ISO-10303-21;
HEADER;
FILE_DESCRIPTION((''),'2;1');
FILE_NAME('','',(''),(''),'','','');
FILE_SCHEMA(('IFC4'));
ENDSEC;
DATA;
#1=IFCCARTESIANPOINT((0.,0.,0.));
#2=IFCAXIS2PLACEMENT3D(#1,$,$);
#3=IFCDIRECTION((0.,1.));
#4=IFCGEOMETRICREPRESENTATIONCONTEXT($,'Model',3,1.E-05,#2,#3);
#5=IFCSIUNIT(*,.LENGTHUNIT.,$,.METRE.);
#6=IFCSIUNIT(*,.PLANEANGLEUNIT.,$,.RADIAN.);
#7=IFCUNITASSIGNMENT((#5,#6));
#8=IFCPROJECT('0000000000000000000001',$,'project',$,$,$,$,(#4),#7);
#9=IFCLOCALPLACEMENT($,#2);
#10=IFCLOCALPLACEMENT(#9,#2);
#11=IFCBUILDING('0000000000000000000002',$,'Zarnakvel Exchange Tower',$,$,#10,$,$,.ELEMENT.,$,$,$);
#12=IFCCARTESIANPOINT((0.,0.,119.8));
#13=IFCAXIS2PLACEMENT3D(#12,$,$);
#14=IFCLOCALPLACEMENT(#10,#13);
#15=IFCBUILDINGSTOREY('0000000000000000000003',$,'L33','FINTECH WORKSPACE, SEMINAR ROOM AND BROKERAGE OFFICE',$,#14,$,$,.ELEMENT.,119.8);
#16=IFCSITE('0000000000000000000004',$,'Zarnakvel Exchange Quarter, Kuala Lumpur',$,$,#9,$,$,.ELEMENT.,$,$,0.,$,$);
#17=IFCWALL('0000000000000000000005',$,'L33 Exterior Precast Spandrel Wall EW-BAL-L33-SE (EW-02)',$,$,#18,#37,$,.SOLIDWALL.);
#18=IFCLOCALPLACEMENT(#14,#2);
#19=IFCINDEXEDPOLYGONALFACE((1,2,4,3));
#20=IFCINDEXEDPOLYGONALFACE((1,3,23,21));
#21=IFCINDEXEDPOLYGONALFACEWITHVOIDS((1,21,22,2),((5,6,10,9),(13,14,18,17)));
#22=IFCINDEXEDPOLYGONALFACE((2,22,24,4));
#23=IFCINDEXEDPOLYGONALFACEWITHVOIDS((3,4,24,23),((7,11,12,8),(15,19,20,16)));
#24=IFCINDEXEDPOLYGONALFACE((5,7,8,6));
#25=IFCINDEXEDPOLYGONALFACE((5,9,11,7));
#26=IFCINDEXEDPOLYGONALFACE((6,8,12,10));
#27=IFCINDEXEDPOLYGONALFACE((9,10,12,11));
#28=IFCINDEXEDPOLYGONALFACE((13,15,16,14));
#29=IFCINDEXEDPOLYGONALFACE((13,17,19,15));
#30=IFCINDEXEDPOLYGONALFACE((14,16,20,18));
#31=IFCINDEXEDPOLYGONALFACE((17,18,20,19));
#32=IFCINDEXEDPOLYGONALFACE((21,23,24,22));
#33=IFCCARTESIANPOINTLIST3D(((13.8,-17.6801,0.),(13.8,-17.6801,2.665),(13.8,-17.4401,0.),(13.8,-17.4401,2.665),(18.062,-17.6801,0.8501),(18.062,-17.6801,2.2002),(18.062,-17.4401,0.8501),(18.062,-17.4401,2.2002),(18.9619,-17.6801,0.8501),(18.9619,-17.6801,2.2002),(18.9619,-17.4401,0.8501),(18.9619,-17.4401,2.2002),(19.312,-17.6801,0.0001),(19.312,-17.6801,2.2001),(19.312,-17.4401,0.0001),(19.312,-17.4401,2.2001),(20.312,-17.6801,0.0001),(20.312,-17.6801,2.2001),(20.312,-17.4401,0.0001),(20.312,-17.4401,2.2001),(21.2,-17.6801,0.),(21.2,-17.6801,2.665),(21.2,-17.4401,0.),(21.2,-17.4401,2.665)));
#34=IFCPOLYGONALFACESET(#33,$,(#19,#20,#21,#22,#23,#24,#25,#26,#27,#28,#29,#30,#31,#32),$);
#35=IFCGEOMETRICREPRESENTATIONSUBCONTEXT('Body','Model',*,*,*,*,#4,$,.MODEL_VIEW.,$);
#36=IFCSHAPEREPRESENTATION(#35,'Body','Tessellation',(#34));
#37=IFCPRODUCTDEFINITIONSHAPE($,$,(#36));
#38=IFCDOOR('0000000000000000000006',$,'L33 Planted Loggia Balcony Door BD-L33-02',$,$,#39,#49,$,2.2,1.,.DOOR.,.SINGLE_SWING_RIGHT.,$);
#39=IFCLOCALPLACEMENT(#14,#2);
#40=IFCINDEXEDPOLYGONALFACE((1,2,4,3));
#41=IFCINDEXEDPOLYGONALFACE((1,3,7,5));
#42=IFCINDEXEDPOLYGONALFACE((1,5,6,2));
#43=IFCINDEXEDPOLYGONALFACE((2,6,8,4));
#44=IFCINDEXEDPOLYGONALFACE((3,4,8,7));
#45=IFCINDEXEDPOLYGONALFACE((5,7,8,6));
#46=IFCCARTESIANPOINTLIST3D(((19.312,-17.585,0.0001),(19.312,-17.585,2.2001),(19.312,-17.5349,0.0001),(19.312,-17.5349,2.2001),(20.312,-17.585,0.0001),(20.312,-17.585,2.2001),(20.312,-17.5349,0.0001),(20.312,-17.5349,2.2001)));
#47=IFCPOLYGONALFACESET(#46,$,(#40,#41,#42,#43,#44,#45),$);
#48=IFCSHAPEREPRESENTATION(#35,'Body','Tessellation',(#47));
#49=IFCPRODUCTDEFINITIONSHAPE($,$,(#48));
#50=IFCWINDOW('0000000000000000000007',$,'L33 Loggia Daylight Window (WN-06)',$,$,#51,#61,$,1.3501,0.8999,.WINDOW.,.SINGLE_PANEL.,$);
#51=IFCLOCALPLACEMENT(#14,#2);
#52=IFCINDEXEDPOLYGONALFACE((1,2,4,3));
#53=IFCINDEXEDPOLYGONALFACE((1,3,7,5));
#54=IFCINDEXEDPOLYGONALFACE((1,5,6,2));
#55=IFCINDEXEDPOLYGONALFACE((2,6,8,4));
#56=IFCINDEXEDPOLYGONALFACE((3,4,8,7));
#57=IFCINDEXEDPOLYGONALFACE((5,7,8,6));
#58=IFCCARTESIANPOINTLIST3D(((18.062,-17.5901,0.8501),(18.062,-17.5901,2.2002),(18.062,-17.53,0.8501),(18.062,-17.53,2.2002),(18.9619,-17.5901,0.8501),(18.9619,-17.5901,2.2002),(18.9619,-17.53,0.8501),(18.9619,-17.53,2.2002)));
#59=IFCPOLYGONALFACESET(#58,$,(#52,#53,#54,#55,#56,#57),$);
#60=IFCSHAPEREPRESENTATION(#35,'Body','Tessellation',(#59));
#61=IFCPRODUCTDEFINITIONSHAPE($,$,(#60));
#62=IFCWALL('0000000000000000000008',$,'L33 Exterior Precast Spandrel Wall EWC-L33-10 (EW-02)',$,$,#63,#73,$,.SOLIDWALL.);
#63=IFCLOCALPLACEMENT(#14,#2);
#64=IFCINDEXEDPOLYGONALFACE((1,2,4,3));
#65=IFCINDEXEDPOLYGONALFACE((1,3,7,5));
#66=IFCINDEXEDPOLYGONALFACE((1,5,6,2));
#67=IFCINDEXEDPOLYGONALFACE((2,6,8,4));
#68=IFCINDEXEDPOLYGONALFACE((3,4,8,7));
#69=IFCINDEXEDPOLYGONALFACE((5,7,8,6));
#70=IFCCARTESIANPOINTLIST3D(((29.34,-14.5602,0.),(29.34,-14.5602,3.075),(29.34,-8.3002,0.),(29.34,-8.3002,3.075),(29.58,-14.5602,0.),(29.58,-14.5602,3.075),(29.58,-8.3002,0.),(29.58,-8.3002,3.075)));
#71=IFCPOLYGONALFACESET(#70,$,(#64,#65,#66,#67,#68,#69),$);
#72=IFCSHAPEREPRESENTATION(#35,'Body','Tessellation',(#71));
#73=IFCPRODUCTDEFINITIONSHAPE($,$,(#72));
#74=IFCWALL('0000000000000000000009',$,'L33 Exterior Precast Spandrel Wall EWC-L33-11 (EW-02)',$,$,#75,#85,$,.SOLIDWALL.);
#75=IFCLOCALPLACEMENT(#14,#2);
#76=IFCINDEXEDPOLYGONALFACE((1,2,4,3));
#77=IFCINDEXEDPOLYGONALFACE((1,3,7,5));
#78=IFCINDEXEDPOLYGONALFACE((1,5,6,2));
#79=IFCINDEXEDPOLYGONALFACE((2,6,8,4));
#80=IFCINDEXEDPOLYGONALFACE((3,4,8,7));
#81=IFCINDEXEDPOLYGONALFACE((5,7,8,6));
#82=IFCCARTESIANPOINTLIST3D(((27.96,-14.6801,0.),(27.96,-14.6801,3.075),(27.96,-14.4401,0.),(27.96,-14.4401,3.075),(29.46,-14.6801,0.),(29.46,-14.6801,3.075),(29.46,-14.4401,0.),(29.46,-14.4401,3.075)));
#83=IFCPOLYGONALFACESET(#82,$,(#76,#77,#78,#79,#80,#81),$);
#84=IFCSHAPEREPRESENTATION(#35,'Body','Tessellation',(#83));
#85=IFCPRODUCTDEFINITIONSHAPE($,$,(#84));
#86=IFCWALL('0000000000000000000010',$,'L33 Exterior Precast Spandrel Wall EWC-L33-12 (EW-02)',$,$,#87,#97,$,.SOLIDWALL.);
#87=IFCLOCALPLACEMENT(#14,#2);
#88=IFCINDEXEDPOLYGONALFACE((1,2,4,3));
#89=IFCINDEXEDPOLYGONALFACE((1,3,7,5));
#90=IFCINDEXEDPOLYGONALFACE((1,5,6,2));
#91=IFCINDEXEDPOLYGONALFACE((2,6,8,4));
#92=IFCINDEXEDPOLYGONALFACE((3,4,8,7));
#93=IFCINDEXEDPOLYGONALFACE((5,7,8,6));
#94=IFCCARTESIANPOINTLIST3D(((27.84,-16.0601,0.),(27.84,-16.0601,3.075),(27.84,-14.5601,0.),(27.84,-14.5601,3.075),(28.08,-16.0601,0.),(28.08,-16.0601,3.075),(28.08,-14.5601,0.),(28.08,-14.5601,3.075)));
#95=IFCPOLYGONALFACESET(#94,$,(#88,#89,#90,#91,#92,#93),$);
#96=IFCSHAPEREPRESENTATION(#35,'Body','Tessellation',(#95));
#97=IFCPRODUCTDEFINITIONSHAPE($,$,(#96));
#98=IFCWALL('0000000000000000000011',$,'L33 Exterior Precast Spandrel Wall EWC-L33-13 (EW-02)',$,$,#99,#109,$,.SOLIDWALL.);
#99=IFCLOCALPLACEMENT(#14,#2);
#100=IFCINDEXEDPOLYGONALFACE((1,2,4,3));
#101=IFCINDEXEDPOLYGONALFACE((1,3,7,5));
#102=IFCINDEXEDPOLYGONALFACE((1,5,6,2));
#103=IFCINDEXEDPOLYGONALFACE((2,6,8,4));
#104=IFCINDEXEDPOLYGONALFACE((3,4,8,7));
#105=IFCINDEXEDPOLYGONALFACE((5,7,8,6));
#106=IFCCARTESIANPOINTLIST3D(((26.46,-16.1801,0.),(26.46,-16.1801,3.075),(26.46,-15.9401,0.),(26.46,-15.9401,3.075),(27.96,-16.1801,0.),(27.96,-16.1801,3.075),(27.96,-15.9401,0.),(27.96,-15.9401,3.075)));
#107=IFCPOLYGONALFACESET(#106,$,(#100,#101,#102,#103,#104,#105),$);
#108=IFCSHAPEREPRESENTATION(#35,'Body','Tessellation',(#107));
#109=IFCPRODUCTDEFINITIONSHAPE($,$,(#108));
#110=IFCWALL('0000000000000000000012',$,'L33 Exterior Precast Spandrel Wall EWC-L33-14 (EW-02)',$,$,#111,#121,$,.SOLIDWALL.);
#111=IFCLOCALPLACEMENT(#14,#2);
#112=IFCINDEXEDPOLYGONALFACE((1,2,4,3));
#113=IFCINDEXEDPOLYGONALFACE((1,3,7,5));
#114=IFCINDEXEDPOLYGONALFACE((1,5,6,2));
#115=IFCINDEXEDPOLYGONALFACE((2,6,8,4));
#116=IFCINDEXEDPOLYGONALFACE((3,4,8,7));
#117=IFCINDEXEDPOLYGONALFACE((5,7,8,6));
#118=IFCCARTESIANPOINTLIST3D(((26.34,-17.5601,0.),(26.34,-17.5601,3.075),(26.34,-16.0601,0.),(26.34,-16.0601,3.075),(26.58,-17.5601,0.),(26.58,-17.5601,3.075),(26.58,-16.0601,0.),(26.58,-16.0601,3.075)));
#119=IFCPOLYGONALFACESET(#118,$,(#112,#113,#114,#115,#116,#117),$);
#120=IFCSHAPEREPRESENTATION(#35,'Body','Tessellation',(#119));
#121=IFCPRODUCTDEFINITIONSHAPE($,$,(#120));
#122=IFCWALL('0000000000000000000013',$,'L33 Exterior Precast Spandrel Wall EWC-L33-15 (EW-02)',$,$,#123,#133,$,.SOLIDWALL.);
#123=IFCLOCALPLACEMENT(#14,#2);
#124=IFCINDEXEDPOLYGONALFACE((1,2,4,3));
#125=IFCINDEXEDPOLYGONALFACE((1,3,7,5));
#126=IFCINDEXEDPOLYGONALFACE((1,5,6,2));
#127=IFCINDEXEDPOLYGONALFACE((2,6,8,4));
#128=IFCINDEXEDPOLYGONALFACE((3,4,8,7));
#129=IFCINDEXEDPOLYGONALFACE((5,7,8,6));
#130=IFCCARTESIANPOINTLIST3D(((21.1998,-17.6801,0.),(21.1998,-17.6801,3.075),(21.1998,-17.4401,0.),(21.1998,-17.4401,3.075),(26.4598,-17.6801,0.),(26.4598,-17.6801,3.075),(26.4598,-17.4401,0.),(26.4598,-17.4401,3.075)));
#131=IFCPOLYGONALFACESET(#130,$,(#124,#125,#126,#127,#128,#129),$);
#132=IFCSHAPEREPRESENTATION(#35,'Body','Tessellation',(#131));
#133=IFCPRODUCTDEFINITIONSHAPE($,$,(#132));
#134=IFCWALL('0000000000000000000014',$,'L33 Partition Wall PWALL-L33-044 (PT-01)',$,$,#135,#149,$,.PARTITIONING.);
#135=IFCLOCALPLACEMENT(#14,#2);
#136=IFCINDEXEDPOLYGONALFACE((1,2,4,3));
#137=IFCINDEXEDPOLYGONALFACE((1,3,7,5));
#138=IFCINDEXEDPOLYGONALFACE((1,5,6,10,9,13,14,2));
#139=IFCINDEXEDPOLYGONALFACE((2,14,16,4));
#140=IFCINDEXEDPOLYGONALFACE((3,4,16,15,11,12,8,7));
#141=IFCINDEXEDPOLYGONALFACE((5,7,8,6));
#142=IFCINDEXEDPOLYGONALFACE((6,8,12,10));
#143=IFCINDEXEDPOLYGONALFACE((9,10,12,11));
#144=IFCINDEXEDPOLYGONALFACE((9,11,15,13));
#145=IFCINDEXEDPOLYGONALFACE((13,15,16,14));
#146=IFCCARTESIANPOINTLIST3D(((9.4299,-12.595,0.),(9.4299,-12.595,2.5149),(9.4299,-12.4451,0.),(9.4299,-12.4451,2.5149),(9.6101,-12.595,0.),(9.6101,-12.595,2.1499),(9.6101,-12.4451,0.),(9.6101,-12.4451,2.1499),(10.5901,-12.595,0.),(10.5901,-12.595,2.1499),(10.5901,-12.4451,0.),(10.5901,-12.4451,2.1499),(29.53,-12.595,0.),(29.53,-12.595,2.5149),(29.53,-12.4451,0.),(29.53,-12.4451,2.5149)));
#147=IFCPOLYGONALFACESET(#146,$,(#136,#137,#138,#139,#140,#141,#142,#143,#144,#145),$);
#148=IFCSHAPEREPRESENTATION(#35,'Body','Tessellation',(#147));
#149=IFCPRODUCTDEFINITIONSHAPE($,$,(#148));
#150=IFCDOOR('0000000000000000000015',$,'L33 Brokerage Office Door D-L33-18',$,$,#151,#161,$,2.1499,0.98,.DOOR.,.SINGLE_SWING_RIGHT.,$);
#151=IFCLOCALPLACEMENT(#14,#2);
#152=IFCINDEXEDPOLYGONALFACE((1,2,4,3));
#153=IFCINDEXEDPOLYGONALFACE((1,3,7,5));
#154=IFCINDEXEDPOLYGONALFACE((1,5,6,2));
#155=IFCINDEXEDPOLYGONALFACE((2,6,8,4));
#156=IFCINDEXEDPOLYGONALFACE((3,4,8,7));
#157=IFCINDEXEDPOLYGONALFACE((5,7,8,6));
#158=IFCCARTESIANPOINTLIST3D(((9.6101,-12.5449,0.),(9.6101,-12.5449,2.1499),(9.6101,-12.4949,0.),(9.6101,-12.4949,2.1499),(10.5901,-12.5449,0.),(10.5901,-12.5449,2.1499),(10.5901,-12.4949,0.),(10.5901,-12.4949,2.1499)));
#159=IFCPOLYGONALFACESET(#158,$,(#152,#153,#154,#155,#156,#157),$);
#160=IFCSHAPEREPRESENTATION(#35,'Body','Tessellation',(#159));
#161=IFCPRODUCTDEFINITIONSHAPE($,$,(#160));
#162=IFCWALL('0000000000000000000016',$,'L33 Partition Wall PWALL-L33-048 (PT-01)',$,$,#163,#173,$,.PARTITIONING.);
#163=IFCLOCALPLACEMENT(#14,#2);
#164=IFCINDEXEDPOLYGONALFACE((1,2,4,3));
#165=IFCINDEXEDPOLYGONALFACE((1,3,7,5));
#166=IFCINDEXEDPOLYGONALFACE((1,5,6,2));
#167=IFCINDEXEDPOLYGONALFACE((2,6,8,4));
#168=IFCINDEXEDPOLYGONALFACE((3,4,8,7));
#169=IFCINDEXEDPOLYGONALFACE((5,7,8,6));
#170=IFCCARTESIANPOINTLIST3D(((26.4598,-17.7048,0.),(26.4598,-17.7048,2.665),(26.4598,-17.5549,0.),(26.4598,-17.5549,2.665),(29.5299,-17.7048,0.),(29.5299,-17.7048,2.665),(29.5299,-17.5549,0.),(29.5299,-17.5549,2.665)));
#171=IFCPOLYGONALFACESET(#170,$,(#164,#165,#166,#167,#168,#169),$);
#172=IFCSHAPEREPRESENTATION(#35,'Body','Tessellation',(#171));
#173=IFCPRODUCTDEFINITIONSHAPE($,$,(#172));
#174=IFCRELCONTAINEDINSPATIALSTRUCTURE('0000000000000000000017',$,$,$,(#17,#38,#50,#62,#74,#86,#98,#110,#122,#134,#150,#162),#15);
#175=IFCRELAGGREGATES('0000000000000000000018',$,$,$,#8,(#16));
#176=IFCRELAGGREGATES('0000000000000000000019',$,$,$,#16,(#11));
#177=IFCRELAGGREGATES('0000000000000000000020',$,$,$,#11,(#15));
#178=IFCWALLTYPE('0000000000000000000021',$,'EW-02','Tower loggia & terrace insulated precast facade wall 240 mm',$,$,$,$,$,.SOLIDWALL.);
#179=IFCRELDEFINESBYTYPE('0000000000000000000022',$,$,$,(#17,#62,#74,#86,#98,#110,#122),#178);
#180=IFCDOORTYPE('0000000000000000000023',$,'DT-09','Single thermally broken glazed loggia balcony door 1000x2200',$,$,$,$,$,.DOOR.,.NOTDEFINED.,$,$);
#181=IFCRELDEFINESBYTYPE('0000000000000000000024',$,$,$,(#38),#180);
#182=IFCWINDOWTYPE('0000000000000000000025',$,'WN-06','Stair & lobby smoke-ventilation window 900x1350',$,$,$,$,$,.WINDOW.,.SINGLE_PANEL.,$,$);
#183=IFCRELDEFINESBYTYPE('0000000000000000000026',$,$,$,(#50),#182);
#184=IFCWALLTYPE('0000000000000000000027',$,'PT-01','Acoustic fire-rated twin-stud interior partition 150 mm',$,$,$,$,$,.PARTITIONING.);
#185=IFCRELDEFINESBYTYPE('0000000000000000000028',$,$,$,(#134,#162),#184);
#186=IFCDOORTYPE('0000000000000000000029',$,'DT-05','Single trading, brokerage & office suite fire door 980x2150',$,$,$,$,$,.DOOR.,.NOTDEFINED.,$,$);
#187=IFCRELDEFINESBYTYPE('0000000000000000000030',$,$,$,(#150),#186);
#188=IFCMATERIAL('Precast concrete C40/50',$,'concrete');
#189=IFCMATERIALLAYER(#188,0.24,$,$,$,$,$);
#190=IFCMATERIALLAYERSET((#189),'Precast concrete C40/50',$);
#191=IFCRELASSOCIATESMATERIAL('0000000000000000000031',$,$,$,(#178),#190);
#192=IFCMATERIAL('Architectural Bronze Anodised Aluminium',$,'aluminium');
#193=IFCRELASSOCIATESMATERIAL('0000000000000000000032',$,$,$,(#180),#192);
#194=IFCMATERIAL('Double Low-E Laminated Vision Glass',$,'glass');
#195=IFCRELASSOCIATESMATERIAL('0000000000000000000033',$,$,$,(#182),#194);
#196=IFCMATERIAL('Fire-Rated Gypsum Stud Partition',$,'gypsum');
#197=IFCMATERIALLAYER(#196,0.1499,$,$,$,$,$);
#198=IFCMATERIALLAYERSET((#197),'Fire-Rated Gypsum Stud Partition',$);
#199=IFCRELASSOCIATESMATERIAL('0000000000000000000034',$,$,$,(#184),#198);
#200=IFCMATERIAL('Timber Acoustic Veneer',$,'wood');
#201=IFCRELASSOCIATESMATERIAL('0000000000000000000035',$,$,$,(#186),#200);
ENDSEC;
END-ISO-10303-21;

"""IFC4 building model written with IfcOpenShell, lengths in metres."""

from ifc_helpers import new_model, si_unit, direction, frame, frame_2d, origin, place, context, subcontext, project, spatial, rectangle, extrude, source, transform, mapped, material, layer, layer_set, type_object, element, fill, save


model = new_model("IFC4")

# Units and contexts
model_context = context("Model", 3, precision=1e-05, world=origin(), true_north=direction((0.0, 1.0)))
body_context = subcontext(model_context, "Body", "Model", "MODEL_VIEW")
ifc_project = project(units=[si_unit("LENGTHUNIT", "METRE"), si_unit("PLANEANGLEUNIT", "RADIAN")], contexts=[model_context])

# Site, building, storey
site_placement = place(None, origin())
site = spatial("IfcSite", under=ifc_project, at=site_placement, Name="Zarnakvel Exchange Quarter, Kuala Lumpur", CompositionType="ELEMENT", RefElevation=0.0)
building_placement = place(site_placement, origin())
building = spatial("IfcBuilding", under=site, at=building_placement, Name="Zarnakvel Exchange Tower", CompositionType="ELEMENT")
storey_placement = place(building_placement, frame((0.0, 0.0, 119.8)))
storey = spatial("IfcBuildingStorey", under=building, at=storey_placement, Name="L33", Description="FINTECH WORKSPACE, SEMINAR ROOM AND BROKERAGE OFFICE", CompositionType="ELEMENT", Elevation=119.8)

# Wall, openings, door, window
ifc_material_1 = material(Name="Precast concrete C40/50", Category="concrete")
ifc_layer_1 = layer(ifc_material_1, 0.24)
ifc_layer_set_1 = layer_set([ifc_layer_1], Name="Precast concrete C40/50")
wall_type_1 = type_object("IfcWallType", Name="EW-02", Description="Tower loggia & terrace insulated precast facade wall 240 mm", PredefinedType="SOLIDWALL", material=ifc_layer_set_1)
wall_1_placement = place(storey_placement, frame((21.2, -17.5601, 0.0), z_axis=(0.0, 0.0, 1.0), x_axis=(-1.0, 0.0, 0.0)))
wall_1 = element("IfcWall", 1, at=wall_1_placement, inside=storey, type_object=wall_type_1, Name="L33 Exterior Precast Spandrel Wall EW-BAL-L33-SE (EW-02)", PredefinedType="SOLIDWALL", context=body_context, shape_type="SweptSolid", body=[
    extrude(rectangle(XDim=7.3999, YDim=0.24, at=frame_2d((3.7, 0.0))), origin(), (0.0, 0.0, 1.0), 2.665),
])
opening_1_placement = place(wall_1_placement, frame((0.8879, 0.0, 0.0)))
opening_1 = element("IfcOpeningElement", 2, at=opening_1_placement, cuts=wall_1, PredefinedType="OPENING", context=body_context, shape_type="SweptSolid", body=[
    extrude(rectangle(XDim=1.0, YDim=2.2, at=frame_2d((0.5, 1.1001))), frame((0.0, 0.1299, 0.0), z_axis=(0.0, -1.0, 0.0), x_axis=(1.0, 0.0, 0.0)), (0.0, 0.0, 1.0), 0.26),
])
opening_2_placement = place(wall_1_placement, frame((2.238, 0.0, 0.8501)))
opening_2 = element("IfcOpeningElement", 3, at=opening_2_placement, cuts=wall_1, PredefinedType="OPENING", context=body_context, shape_type="SweptSolid", body=[
    extrude(rectangle(XDim=0.8999, YDim=1.3501, at=frame_2d((0.45, 0.675))), frame((0.0, 0.1299, 0.0), z_axis=(0.0, -1.0, 0.0), x_axis=(1.0, 0.0, 0.0)), (0.0, 0.0, 1.0), 0.26),
])
ifc_material_2 = material(Name="Architectural Bronze Anodised Aluminium", Category="aluminium")
door_type_1 = type_object("IfcDoorType", Name="DT-09", Description="Single thermally broken glazed loggia balcony door 1000x2200", OperationType="NOTDEFINED", PredefinedType="DOOR", material=ifc_material_2)
shared_shape_1 = source(origin(), body_context, "Body", "SweptSolid", [
    extrude(rectangle(XDim=1.0, YDim=2.2, at=frame_2d((0.5, 1.1001))), frame((0.0, 0.0249, 0.0), z_axis=(0.0, -1.0, 0.0), x_axis=(1.0, 0.0, 0.0)), (0.0, 0.0, 1.0), 0.05),
])
door_1_placement = place(opening_1_placement, origin())
door_1 = element("IfcDoor", 4, at=door_1_placement, inside=storey, type_object=door_type_1, Name="L33 Planted Loggia Balcony Door BD-L33-02", OperationType="SINGLE_SWING_RIGHT", OverallHeight=2.2, OverallWidth=1.0, PredefinedType="DOOR", context=body_context, shape_type="MappedRepresentation", body=[
    mapped(shared_shape_1, transform((0.0, 0.0, 0.0), x_axis=(1.0, 0.0, 0.0), y_axis=(0.0, 1.0, 0.0), z_axis=(0.0, 0.0, 1.0), scale=1.0)),
])
fill(opening_1, door_1)
ifc_material_3 = material(Name="Double Low-E Laminated Vision Glass", Category="glass")
window_type = type_object("IfcWindowType", Name="WN-06", Description="Stair & lobby smoke-ventilation window 900x1350", PartitioningType="SINGLE_PANEL", PredefinedType="WINDOW", material=ifc_material_3)
shared_shape_2 = source(origin(), body_context, "Body", "SweptSolid", [
    extrude(rectangle(XDim=0.8999, YDim=1.3501, at=frame_2d((0.45, 0.675))), frame((0.0, 0.03, 0.0), z_axis=(0.0, -1.0, 0.0), x_axis=(1.0, 0.0, 0.0)), (0.0, 0.0, 1.0), 0.0601),
])
window_placement = place(opening_2_placement, origin())
window = element("IfcWindow", 5, at=window_placement, inside=storey, type_object=window_type, Name="L33 Loggia Daylight Window (WN-06)", OverallHeight=1.3501, OverallWidth=0.8999, PartitioningType="SINGLE_PANEL", PredefinedType="WINDOW", context=body_context, shape_type="MappedRepresentation", body=[
    mapped(shared_shape_2, transform((0.0, 0.0, 0.0), x_axis=(1.0, 0.0, 0.0), y_axis=(0.0, 1.0, 0.0), z_axis=(0.0, 0.0, 1.0), scale=1.0)),
])
fill(opening_2, window)

# Walls
wall_2_placement = place(storey_placement, frame((29.46, -14.5601, 0.0), z_axis=(0.0, 0.0, 1.0), x_axis=(0.0, 1.0, 0.0)))
element("IfcWall", 6, at=wall_2_placement, inside=storey, type_object=wall_type_1, Name="L33 Exterior Precast Spandrel Wall EWC-L33-10 (EW-02)", PredefinedType="SOLIDWALL", context=body_context, shape_type="SweptSolid", body=[
    extrude(rectangle(XDim=6.26, YDim=0.24, at=frame_2d((3.1299, 0.0))), origin(), (0.0, 0.0, 1.0), 3.075),
])
for number, where, z_axis, x_axis, name in (
    (7, (27.96, -14.5601, 0.0), (0.0, 0.0, 1.0), (1.0, 0.0, 0.0), "L33 Exterior Precast Spandrel Wall EWC-L33-11 (EW-02)"),
    (8, (27.96, -16.0601, 0.0), (0.0, 0.0, 1.0), (0.0, 1.0, 0.0), "L33 Exterior Precast Spandrel Wall EWC-L33-12 (EW-02)"),
    (9, (26.46, -16.0601, 0.0), (0.0, 0.0, 1.0), (1.0, 0.0, 0.0), "L33 Exterior Precast Spandrel Wall EWC-L33-13 (EW-02)"),
    (10, (26.46, -17.5601, 0.0), (0.0, 0.0, 1.0), (0.0, 1.0, 0.0), "L33 Exterior Precast Spandrel Wall EWC-L33-14 (EW-02)"),
):
    element("IfcWall", number, at=place(storey_placement, frame(where, z_axis=z_axis, x_axis=x_axis)), inside=storey, type_object=wall_type_1, Name=name, PredefinedType="SOLIDWALL", context=body_context, shape_type="SweptSolid", body=[
        extrude(rectangle(XDim=1.5, YDim=0.24, at=frame_2d((0.75, 0.0))), origin(), (0.0, 0.0, 1.0), 3.075),
    ])
wall_3_placement = place(storey_placement, frame((21.2, -17.5601, 0.0), z_axis=(0.0, 0.0, 1.0), x_axis=(1.0, 0.0, 0.0)))
element("IfcWall", 11, at=wall_3_placement, inside=storey, type_object=wall_type_1, Name="L33 Exterior Precast Spandrel Wall EWC-L33-15 (EW-02)", PredefinedType="SOLIDWALL", context=body_context, shape_type="SweptSolid", body=[
    extrude(rectangle(XDim=5.26, YDim=0.24, at=frame_2d((2.6299, 0.0))), origin(), (0.0, 0.0, 1.0), 3.075),
])

# Wall, opening, door
ifc_material_4 = material(Name="Fire-Rated Gypsum Stud Partition", Category="gypsum")
ifc_layer_2 = layer(ifc_material_4, 0.1499)
ifc_layer_set_2 = layer_set([ifc_layer_2], Name="Fire-Rated Gypsum Stud Partition")
wall_type_2 = type_object("IfcWallType", Name="PT-01", Description="Acoustic fire-rated twin-stud interior partition 150 mm", PredefinedType="PARTITIONING", material=ifc_layer_set_2)
wall_4_placement = place(storey_placement, frame((29.53, -12.52, 0.0), z_axis=(0.0, 0.0, 1.0), x_axis=(-1.0, 0.0, 0.0)))
wall_4 = element("IfcWall", 12, at=wall_4_placement, inside=storey, type_object=wall_type_2, Name="L33 Partition Wall PWALL-L33-044 (PT-01)", PredefinedType="PARTITIONING", context=body_context, shape_type="SweptSolid", body=[
    extrude(rectangle(XDim=20.1001, YDim=0.1499, at=frame_2d((10.05, 0.0))), origin(), (0.0, 0.0, 1.0), 2.5149),
])
opening_3_placement = place(wall_4_placement, frame((18.9399, 0.0, 0.0)))
opening_3 = element("IfcOpeningElement", 13, at=opening_3_placement, cuts=wall_4, PredefinedType="OPENING", context=body_context, shape_type="SweptSolid", body=[
    extrude(rectangle(XDim=0.98, YDim=2.1499, at=frame_2d((0.49, 1.075))), frame((0.0, 0.085, 0.0), z_axis=(0.0, -1.0, 0.0), x_axis=(1.0, 0.0, 0.0)), (0.0, 0.0, 1.0), 0.1699),
])
ifc_material_5 = material(Name="Timber Acoustic Veneer", Category="wood")
door_type_2 = type_object("IfcDoorType", Name="DT-05", Description="Single trading, brokerage & office suite fire door 980x2150", OperationType="NOTDEFINED", PredefinedType="DOOR", material=ifc_material_5)
shared_shape_3 = source(origin(), body_context, "Body", "SweptSolid", [
    extrude(rectangle(XDim=0.98, YDim=2.1499, at=frame_2d((0.49, 1.075))), frame((0.0, 0.0249, 0.0), z_axis=(0.0, -1.0, 0.0), x_axis=(1.0, 0.0, 0.0)), (0.0, 0.0, 1.0), 0.05),
])
door_2_placement = place(opening_3_placement, origin())
door_2 = element("IfcDoor", 14, at=door_2_placement, inside=storey, type_object=door_type_2, Name="L33 Brokerage Office Door D-L33-18", OperationType="SINGLE_SWING_RIGHT", OverallHeight=2.1499, OverallWidth=0.98, PredefinedType="DOOR", context=body_context, shape_type="MappedRepresentation", body=[
    mapped(shared_shape_3, transform((0.0, 0.0, 0.0), x_axis=(1.0, 0.0, 0.0), y_axis=(0.0, 1.0, 0.0), z_axis=(0.0, 0.0, 1.0), scale=1.0)),
])
fill(opening_3, door_2)

# Wall
wall_5_placement = place(storey_placement, frame((29.53, -17.6299, 0.0), z_axis=(0.0, 0.0, 1.0), x_axis=(-1.0, 0.0, 0.0)))
element("IfcWall", 15, at=wall_5_placement, inside=storey, type_object=wall_type_2, Name="L33 Partition Wall PWALL-L33-048 (PT-01)", PredefinedType="PARTITIONING", context=body_context, shape_type="SweptSolid", body=[
    extrude(rectangle(XDim=3.0701, YDim=0.1499, at=frame_2d((1.5352, 0.0))), origin(), (0.0, 0.0, 1.0), 2.665),
])

save(model, "model.ifc")
